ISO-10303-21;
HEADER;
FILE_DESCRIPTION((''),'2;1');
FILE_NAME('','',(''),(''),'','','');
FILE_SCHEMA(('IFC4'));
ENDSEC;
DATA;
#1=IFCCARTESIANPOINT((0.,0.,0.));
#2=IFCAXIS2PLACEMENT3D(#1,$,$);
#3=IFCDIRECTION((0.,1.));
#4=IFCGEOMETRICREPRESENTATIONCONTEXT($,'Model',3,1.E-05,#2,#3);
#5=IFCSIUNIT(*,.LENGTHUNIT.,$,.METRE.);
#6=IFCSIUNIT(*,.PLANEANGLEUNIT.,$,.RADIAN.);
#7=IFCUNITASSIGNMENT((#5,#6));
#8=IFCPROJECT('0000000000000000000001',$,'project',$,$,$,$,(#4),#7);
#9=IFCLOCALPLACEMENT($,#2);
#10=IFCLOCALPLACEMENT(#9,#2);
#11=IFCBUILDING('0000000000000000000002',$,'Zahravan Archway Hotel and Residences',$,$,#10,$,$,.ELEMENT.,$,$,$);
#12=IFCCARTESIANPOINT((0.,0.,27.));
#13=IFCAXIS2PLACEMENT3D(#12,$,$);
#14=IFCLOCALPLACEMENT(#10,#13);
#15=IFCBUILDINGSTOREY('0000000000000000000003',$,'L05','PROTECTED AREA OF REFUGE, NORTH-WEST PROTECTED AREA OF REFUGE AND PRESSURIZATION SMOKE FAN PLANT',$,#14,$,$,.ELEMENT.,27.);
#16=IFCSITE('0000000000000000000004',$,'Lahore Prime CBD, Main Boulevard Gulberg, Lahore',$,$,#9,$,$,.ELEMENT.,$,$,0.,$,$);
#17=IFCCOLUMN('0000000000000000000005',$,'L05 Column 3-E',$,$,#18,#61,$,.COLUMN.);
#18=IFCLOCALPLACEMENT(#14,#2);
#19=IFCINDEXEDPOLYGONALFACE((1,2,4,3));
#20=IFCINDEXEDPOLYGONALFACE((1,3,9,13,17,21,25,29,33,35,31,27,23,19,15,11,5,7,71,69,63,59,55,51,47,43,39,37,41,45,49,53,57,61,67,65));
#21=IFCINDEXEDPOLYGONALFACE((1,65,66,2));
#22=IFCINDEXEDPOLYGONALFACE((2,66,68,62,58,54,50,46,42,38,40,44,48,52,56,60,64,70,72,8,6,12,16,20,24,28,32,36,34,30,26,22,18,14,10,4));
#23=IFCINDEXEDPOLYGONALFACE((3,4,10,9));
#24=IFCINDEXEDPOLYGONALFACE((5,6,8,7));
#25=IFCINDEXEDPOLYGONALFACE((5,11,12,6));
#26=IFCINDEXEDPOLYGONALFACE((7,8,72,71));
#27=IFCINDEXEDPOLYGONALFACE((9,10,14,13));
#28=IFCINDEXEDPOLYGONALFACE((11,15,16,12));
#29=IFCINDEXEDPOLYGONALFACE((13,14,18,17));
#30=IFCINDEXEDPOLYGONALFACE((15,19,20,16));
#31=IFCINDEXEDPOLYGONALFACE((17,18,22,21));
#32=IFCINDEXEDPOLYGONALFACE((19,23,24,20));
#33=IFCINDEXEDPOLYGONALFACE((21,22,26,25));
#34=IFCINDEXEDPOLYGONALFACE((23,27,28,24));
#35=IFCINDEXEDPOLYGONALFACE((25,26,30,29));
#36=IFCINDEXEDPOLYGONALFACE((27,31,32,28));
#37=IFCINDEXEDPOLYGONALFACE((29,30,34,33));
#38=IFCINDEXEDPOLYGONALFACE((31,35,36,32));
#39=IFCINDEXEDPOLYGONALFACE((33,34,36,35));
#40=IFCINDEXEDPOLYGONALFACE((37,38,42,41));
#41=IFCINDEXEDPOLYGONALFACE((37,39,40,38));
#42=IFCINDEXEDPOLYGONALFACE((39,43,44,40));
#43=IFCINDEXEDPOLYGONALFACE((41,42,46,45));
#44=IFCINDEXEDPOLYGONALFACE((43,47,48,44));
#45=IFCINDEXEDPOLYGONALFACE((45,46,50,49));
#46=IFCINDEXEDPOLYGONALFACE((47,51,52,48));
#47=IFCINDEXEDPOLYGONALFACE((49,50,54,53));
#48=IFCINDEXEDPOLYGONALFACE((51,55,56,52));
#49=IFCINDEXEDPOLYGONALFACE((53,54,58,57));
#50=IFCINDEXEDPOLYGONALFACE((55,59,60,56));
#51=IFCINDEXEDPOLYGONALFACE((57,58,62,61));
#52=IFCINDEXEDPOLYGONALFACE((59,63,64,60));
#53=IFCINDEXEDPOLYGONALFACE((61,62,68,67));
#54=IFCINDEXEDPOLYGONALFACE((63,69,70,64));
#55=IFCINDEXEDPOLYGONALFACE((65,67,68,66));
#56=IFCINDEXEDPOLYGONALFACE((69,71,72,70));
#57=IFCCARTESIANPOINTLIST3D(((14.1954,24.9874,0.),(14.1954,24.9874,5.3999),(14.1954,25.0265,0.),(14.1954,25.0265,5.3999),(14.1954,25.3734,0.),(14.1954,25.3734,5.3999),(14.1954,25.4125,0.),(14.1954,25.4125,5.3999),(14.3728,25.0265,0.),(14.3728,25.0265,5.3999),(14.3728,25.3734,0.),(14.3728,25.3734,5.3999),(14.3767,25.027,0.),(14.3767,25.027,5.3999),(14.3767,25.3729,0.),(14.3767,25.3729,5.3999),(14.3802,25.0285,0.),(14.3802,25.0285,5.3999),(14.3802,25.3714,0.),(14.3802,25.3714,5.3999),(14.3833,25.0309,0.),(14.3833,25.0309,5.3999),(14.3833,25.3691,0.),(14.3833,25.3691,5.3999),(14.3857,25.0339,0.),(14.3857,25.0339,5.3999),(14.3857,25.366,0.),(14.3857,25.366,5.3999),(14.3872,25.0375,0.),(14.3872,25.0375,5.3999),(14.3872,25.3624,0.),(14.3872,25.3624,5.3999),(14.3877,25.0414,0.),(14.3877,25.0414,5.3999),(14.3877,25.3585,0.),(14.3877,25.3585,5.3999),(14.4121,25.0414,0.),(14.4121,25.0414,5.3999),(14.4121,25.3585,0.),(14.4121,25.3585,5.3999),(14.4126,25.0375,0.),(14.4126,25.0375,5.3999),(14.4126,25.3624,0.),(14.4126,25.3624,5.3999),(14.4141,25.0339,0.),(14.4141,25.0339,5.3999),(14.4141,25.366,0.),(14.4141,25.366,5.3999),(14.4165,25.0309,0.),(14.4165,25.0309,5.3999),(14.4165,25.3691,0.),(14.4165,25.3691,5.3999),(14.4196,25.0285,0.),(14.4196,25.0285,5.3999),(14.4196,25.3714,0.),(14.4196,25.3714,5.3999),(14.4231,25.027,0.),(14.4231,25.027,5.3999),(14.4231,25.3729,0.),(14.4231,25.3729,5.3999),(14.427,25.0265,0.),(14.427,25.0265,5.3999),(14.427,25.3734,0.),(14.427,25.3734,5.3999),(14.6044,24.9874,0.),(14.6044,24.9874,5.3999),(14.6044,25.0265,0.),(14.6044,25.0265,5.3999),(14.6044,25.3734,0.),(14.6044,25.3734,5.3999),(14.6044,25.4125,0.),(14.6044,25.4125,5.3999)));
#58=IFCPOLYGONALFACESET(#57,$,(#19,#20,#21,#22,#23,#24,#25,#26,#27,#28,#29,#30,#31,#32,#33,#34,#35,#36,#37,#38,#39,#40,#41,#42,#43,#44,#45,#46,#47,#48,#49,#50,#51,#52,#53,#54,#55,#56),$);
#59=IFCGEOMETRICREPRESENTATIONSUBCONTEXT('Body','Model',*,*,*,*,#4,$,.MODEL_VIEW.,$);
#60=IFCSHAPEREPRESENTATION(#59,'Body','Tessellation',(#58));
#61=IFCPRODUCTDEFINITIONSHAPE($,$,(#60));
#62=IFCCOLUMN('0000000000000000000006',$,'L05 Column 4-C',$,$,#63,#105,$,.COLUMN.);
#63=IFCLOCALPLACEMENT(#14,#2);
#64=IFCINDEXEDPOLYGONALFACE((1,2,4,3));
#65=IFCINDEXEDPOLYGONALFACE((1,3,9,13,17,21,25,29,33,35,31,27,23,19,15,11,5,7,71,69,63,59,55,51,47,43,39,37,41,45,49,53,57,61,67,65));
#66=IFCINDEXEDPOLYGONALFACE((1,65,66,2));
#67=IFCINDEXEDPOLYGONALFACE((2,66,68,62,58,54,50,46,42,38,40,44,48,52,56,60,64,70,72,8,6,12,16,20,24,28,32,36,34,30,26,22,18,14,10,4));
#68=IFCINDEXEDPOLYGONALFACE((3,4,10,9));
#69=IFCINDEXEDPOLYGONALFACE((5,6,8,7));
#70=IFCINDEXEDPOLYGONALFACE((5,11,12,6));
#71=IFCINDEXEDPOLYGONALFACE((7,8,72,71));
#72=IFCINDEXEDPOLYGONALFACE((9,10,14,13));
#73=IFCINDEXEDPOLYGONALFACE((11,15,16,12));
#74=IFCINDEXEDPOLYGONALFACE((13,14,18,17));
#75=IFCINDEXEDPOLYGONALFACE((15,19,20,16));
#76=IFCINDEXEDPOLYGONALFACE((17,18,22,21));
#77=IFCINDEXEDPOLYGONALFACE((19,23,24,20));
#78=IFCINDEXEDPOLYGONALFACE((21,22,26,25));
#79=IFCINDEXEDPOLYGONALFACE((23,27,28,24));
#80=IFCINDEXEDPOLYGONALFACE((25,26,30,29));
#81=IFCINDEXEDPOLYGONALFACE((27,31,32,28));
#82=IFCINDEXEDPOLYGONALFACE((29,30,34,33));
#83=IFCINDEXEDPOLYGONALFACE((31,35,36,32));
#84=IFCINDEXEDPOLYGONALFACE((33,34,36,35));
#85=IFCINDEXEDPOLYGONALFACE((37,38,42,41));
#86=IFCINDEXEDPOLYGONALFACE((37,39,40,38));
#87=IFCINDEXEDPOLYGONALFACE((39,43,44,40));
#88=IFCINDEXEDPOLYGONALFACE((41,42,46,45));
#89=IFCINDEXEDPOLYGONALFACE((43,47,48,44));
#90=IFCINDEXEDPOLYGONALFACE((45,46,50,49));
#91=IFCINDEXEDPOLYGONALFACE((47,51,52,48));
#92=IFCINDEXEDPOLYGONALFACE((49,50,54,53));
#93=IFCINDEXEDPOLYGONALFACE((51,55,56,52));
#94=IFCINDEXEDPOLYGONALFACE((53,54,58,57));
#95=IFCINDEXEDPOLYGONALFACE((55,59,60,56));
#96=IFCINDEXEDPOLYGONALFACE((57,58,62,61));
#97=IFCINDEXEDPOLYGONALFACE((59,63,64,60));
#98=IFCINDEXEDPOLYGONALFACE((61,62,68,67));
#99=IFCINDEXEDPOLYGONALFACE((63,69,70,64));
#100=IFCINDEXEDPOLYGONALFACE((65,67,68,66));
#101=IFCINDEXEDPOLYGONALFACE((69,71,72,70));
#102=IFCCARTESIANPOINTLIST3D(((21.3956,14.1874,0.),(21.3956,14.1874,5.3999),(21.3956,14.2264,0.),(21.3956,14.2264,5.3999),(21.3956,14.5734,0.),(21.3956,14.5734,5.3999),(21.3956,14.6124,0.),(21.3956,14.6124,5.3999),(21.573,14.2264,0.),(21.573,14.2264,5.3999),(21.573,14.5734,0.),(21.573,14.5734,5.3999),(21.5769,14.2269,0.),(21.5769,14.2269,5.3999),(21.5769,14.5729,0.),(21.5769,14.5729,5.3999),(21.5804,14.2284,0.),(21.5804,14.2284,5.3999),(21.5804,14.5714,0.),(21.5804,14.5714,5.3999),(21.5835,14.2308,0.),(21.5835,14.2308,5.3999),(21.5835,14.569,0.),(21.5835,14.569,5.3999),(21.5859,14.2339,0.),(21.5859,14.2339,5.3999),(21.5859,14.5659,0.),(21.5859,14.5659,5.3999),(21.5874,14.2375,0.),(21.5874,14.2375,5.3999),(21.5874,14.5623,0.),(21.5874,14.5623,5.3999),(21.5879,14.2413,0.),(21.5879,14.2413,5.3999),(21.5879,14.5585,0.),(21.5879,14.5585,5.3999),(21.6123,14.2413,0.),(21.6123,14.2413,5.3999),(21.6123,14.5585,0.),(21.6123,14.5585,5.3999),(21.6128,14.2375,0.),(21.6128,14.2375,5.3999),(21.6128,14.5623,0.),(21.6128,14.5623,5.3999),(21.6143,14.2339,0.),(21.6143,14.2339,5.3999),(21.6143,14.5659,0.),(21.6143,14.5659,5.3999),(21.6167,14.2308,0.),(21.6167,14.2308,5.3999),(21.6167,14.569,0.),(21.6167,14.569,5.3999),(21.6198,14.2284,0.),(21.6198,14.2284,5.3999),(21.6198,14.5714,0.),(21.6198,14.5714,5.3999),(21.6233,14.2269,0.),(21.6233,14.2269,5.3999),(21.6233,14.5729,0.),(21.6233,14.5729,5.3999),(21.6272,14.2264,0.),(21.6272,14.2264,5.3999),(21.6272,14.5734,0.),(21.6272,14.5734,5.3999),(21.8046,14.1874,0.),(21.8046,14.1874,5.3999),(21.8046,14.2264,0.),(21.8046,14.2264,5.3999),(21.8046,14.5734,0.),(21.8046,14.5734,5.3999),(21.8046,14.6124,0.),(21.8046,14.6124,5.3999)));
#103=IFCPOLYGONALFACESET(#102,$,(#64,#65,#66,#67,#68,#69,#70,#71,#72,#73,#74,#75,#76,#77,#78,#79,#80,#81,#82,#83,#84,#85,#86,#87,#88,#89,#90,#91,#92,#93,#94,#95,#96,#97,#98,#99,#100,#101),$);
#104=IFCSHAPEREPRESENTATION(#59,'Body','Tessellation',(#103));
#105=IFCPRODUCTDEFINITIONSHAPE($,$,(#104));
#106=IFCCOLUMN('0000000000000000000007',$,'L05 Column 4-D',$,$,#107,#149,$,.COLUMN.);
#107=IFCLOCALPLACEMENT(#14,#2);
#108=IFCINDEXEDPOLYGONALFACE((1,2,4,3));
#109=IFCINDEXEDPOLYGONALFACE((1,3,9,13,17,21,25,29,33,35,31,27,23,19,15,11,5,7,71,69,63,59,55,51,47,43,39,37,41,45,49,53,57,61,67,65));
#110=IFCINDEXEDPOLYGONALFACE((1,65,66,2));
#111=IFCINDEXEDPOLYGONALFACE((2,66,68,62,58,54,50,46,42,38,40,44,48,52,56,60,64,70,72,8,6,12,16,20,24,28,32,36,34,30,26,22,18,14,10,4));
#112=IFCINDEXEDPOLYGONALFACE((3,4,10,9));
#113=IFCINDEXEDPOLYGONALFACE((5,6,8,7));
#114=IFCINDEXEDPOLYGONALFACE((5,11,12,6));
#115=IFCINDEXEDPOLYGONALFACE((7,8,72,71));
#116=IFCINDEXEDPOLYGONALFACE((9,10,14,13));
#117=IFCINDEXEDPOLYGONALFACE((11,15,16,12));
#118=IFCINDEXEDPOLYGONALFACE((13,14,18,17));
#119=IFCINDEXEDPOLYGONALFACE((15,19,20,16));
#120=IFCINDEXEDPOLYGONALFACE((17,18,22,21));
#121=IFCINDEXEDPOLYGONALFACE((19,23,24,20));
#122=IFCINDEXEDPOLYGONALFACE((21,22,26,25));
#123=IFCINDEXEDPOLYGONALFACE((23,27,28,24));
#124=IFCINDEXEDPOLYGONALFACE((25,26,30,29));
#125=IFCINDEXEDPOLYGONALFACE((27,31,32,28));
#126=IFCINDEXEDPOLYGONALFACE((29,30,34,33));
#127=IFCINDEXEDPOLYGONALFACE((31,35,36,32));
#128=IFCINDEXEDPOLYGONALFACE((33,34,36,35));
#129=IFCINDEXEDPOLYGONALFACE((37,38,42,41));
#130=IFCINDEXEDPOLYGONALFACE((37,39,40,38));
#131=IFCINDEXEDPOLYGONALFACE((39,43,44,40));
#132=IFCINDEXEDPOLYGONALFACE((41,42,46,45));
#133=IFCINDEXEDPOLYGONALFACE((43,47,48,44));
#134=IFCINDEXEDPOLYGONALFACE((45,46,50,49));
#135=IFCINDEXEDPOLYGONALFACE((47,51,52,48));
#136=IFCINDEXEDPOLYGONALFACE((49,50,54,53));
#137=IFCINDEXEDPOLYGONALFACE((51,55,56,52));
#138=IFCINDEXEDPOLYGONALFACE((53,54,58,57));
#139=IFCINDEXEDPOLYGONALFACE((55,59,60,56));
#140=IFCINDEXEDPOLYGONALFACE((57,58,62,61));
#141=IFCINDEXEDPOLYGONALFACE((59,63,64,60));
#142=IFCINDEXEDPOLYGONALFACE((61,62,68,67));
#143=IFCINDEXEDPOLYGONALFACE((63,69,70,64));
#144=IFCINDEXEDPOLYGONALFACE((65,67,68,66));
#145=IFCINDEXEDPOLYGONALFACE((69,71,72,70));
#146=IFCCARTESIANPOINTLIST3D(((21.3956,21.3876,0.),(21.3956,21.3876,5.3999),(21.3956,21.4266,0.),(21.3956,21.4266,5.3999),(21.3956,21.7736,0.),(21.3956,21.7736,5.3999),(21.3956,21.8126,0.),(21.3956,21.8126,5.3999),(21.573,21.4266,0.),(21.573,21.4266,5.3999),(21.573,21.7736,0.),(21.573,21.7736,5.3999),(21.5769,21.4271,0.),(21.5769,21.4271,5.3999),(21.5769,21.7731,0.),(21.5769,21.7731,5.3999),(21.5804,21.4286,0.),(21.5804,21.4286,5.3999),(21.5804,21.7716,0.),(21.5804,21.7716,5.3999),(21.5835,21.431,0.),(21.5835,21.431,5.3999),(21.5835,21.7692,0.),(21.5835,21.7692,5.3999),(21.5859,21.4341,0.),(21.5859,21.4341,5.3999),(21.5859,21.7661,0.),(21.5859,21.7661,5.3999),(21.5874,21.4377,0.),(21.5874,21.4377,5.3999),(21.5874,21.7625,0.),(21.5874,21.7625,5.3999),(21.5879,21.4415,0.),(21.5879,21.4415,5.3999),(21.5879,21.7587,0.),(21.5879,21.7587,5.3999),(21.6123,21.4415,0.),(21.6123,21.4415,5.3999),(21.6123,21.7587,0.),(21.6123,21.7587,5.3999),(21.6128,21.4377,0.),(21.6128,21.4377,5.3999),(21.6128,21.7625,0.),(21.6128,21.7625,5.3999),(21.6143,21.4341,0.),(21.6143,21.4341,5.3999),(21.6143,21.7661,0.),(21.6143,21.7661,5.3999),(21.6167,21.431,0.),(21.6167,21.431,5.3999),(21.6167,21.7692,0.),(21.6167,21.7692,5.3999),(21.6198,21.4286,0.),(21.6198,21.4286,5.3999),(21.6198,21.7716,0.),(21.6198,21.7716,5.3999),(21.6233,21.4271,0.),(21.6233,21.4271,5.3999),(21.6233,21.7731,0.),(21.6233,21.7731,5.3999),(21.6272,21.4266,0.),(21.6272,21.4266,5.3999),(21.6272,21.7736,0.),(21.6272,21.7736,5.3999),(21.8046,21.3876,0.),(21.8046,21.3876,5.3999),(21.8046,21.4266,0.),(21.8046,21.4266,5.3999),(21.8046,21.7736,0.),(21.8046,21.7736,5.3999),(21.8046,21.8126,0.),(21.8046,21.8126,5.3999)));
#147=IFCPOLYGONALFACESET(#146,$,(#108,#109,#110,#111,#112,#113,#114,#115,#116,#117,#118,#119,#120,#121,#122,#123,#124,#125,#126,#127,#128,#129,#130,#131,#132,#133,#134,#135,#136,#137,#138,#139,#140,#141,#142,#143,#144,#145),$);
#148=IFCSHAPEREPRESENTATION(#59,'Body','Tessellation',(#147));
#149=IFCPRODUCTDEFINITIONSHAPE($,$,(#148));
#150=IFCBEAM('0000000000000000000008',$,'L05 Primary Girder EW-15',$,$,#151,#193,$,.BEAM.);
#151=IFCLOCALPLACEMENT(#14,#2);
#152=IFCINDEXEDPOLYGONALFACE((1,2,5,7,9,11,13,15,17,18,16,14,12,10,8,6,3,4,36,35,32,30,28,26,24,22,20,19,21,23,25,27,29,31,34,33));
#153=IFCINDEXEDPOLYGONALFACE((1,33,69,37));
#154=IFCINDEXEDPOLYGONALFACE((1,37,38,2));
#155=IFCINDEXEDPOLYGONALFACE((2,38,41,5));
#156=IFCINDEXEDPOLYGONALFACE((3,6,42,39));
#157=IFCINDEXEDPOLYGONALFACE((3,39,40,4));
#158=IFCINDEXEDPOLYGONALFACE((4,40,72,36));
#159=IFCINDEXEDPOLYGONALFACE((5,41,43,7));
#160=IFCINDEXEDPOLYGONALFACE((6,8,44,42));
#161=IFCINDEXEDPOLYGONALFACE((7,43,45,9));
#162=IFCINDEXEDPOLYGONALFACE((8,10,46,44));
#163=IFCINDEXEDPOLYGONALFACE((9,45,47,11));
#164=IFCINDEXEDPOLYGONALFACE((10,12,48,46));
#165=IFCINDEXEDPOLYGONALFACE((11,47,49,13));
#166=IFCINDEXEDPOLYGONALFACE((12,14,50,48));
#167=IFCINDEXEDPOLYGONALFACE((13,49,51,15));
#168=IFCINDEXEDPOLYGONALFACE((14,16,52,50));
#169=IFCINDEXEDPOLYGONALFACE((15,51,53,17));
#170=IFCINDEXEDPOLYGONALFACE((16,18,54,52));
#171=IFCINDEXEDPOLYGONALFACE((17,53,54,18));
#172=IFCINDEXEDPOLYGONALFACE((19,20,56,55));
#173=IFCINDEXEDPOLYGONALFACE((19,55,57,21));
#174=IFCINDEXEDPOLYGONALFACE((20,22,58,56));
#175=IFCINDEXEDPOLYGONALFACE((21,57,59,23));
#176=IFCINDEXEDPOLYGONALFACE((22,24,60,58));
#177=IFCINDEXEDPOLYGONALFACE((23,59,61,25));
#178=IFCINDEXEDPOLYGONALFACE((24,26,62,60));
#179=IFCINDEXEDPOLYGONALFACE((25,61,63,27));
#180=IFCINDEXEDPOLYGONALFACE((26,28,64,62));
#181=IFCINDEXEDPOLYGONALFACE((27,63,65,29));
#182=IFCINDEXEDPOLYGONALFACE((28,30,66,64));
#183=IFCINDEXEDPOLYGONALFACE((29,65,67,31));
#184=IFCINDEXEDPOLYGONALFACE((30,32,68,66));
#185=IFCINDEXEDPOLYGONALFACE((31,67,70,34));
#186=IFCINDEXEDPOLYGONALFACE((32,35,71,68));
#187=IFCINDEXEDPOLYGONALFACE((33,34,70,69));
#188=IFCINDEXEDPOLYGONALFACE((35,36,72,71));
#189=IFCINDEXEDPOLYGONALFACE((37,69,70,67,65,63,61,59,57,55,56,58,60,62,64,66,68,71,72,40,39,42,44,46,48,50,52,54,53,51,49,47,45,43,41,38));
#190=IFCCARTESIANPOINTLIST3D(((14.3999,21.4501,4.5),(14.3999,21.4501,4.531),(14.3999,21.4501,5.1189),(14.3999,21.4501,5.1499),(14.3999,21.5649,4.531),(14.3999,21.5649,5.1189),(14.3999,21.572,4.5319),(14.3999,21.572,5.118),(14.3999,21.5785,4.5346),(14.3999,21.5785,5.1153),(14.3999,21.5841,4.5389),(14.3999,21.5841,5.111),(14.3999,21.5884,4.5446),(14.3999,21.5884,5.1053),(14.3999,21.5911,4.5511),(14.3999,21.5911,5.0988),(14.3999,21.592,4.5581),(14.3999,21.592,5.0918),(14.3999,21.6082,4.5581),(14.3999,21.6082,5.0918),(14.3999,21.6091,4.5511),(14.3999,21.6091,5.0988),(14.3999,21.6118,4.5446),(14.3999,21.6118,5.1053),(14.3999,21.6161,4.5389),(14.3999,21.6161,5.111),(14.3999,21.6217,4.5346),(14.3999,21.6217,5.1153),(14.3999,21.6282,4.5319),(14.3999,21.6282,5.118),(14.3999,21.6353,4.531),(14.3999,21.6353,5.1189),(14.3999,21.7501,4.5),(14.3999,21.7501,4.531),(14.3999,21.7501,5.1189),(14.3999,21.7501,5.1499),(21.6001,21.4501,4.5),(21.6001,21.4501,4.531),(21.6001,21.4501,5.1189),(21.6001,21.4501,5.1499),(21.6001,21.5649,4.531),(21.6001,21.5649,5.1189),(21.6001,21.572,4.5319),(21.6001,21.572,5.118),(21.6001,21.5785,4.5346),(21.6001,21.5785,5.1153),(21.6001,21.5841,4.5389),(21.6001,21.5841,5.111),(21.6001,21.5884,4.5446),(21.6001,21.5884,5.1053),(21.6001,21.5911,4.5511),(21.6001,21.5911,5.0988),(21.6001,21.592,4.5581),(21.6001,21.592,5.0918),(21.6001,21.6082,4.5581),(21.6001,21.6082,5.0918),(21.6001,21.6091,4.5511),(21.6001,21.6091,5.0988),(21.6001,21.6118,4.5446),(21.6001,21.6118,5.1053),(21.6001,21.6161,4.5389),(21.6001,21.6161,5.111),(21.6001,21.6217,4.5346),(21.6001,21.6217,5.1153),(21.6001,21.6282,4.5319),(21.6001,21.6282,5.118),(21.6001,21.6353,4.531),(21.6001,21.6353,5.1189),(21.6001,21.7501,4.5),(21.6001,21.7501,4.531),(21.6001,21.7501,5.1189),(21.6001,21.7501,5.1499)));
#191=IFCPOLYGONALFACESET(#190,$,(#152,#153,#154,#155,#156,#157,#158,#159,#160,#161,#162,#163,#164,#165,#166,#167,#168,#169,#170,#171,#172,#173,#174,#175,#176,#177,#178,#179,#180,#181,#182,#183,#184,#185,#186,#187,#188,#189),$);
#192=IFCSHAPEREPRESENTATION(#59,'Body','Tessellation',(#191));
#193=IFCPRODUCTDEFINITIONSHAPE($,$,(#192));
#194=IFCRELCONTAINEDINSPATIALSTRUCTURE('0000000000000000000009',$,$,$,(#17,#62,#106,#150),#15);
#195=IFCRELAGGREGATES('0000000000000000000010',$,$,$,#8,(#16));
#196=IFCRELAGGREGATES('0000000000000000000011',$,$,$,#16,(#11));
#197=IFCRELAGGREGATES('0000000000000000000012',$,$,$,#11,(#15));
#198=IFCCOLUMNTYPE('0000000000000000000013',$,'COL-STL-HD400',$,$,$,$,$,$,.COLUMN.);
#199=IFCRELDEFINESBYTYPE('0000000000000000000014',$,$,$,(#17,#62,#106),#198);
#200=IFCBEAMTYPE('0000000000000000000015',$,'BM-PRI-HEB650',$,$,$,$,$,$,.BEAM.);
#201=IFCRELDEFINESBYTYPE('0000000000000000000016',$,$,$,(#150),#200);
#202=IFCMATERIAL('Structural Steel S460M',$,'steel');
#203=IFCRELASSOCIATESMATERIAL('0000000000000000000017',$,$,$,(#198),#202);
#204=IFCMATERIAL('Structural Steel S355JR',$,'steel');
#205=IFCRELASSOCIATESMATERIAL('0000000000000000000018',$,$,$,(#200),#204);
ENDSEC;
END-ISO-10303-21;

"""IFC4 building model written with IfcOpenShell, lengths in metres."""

from ifc_helpers import new_model, si_unit, direction, frame, origin, origin_2d, place, context, subcontext, project, spatial, i_section, extrude, source, transform, mapped, material, material_profile, profile_set, type_object, type_shapes, element, save


model = new_model("IFC4")

# Units and contexts
model_context = context("Model", 3, precision=1e-05, world=origin(), true_north=direction((0.0, 1.0)))
body_context = subcontext(model_context, "Body", "Model", "MODEL_VIEW")
ifc_project = project(units=[si_unit("LENGTHUNIT", "METRE"), si_unit("PLANEANGLEUNIT", "RADIAN")], contexts=[model_context])

# Site, building, storey
site_placement = place(None, origin())
site = spatial("IfcSite", under=ifc_project, at=site_placement, Name="Lahore Prime CBD, Main Boulevard Gulberg, Lahore", CompositionType="ELEMENT", RefElevation=0.0)
building_placement = place(site_placement, origin())
building = spatial("IfcBuilding", under=site, at=building_placement, Name="Zahravan Archway Hotel and Residences", CompositionType="ELEMENT")
storey_placement = place(building_placement, frame((0.0, 0.0, 27.0)))
storey = spatial("IfcBuildingStorey", under=building, at=storey_placement, Name="L05", Description="PROTECTED AREA OF REFUGE, NORTH-WEST PROTECTED AREA OF REFUGE AND PRESSURIZATION SMOKE FAN PLANT", CompositionType="ELEMENT", Elevation=27.0)

# Columns
ifc_material_1 = material(Name="Structural Steel S460M", Category="steel")
ifc_material_profile_1 = material_profile(ifc_material_1, i_section(OverallWidth=0.4089, OverallDepth=0.425, WebThickness=0.0244, FlangeThickness=0.0391, FilletRadius=0.0149, at=origin_2d()), Name="HD 400x421", Category="steel")
ifc_profile_set_1 = profile_set([ifc_material_profile_1], Name="Structural Steel S460M")
column_type = type_object("IfcColumnType", Name="COL-STL-HD400", PredefinedType="COLUMN", material=ifc_profile_set_1)
shared_shape_1 = source(origin(), body_context, "Body", "SweptSolid", [
    extrude(i_section(OverallWidth=0.4089, OverallDepth=0.425, WebThickness=0.0244, FlangeThickness=0.0391, FilletRadius=0.0149, at=origin_2d()), origin(), (0.0, 0.0, 1.0), 5.3999),
])
type_shapes(column_type, [shared_shape_1])
for number, where, z_axis, x_axis, name in (
    (1, (14.3999, 25.2, 0.0), (0.0, 0.0, 1.0), (1.0, 0.0, 0.0), "L05 Column 3-E"),
    (2, (21.6001, 14.3999, 0.0), (0.0, 0.0, 1.0), (1.0, 0.0, 0.0), "L05 Column 4-C"),
    (3, (21.6001, 21.6001, 0.0), (0.0, 0.0, 1.0), (1.0, 0.0, 0.0), "L05 Column 4-D"),
):
    element("IfcColumn", number, at=place(storey_placement, frame(where, z_axis=z_axis, x_axis=x_axis)), inside=storey, type_object=column_type, Name=name, PredefinedType="COLUMN", context=body_context, shape_type="MappedRepresentation", body=[
        mapped(shared_shape_1, transform((0.0, 0.0, 0.0), scale=1.0)),
    ])

# Beam
ifc_material_2 = material(Name="Structural Steel S355JR", Category="steel")
ifc_material_profile_2 = material_profile(ifc_material_2, i_section(OverallWidth=0.3, OverallDepth=0.6499, WebThickness=0.0161, FlangeThickness=0.031, FilletRadius=0.0271, at=origin_2d()), Name="HEB 650", Category="steel")
ifc_profile_set_2 = profile_set([ifc_material_profile_2], Name="Structural Steel S355JR")
beam_type_1 = type_object("IfcBeamType", Name="BM-PRI-HEB650", PredefinedType="BEAM", material=ifc_profile_set_2)
shared_shape_2 = source(origin(), body_context, "Body", "SweptSolid", [
    extrude(i_section(OverallWidth=0.3, OverallDepth=0.6499, WebThickness=0.0161, FlangeThickness=0.031, FilletRadius=0.0271, at=origin_2d()), origin(), (0.0, 0.0, 1.0), 7.2002),
])
type_shapes(beam_type_1, [shared_shape_2])
for number, where, z_axis, x_axis, name in (
    (4, (14.3999, 21.6001, 4.825), (1.0, 0.0, 0.0), (0.0, 1.0, 0.0), "L05 Primary Girder EW-15"),
):
    element("IfcBeam", number, at=place(storey_placement, frame(where, z_axis=z_axis, x_axis=x_axis)), inside=storey, type_object=beam_type_1, Name=name, PredefinedType="BEAM", context=body_context, shape_type="MappedRepresentation", body=[
        mapped(shared_shape_2, transform((0.0, 0.0, 0.0), scale=1.0)),
    ])

save(model, "model.ifc")
